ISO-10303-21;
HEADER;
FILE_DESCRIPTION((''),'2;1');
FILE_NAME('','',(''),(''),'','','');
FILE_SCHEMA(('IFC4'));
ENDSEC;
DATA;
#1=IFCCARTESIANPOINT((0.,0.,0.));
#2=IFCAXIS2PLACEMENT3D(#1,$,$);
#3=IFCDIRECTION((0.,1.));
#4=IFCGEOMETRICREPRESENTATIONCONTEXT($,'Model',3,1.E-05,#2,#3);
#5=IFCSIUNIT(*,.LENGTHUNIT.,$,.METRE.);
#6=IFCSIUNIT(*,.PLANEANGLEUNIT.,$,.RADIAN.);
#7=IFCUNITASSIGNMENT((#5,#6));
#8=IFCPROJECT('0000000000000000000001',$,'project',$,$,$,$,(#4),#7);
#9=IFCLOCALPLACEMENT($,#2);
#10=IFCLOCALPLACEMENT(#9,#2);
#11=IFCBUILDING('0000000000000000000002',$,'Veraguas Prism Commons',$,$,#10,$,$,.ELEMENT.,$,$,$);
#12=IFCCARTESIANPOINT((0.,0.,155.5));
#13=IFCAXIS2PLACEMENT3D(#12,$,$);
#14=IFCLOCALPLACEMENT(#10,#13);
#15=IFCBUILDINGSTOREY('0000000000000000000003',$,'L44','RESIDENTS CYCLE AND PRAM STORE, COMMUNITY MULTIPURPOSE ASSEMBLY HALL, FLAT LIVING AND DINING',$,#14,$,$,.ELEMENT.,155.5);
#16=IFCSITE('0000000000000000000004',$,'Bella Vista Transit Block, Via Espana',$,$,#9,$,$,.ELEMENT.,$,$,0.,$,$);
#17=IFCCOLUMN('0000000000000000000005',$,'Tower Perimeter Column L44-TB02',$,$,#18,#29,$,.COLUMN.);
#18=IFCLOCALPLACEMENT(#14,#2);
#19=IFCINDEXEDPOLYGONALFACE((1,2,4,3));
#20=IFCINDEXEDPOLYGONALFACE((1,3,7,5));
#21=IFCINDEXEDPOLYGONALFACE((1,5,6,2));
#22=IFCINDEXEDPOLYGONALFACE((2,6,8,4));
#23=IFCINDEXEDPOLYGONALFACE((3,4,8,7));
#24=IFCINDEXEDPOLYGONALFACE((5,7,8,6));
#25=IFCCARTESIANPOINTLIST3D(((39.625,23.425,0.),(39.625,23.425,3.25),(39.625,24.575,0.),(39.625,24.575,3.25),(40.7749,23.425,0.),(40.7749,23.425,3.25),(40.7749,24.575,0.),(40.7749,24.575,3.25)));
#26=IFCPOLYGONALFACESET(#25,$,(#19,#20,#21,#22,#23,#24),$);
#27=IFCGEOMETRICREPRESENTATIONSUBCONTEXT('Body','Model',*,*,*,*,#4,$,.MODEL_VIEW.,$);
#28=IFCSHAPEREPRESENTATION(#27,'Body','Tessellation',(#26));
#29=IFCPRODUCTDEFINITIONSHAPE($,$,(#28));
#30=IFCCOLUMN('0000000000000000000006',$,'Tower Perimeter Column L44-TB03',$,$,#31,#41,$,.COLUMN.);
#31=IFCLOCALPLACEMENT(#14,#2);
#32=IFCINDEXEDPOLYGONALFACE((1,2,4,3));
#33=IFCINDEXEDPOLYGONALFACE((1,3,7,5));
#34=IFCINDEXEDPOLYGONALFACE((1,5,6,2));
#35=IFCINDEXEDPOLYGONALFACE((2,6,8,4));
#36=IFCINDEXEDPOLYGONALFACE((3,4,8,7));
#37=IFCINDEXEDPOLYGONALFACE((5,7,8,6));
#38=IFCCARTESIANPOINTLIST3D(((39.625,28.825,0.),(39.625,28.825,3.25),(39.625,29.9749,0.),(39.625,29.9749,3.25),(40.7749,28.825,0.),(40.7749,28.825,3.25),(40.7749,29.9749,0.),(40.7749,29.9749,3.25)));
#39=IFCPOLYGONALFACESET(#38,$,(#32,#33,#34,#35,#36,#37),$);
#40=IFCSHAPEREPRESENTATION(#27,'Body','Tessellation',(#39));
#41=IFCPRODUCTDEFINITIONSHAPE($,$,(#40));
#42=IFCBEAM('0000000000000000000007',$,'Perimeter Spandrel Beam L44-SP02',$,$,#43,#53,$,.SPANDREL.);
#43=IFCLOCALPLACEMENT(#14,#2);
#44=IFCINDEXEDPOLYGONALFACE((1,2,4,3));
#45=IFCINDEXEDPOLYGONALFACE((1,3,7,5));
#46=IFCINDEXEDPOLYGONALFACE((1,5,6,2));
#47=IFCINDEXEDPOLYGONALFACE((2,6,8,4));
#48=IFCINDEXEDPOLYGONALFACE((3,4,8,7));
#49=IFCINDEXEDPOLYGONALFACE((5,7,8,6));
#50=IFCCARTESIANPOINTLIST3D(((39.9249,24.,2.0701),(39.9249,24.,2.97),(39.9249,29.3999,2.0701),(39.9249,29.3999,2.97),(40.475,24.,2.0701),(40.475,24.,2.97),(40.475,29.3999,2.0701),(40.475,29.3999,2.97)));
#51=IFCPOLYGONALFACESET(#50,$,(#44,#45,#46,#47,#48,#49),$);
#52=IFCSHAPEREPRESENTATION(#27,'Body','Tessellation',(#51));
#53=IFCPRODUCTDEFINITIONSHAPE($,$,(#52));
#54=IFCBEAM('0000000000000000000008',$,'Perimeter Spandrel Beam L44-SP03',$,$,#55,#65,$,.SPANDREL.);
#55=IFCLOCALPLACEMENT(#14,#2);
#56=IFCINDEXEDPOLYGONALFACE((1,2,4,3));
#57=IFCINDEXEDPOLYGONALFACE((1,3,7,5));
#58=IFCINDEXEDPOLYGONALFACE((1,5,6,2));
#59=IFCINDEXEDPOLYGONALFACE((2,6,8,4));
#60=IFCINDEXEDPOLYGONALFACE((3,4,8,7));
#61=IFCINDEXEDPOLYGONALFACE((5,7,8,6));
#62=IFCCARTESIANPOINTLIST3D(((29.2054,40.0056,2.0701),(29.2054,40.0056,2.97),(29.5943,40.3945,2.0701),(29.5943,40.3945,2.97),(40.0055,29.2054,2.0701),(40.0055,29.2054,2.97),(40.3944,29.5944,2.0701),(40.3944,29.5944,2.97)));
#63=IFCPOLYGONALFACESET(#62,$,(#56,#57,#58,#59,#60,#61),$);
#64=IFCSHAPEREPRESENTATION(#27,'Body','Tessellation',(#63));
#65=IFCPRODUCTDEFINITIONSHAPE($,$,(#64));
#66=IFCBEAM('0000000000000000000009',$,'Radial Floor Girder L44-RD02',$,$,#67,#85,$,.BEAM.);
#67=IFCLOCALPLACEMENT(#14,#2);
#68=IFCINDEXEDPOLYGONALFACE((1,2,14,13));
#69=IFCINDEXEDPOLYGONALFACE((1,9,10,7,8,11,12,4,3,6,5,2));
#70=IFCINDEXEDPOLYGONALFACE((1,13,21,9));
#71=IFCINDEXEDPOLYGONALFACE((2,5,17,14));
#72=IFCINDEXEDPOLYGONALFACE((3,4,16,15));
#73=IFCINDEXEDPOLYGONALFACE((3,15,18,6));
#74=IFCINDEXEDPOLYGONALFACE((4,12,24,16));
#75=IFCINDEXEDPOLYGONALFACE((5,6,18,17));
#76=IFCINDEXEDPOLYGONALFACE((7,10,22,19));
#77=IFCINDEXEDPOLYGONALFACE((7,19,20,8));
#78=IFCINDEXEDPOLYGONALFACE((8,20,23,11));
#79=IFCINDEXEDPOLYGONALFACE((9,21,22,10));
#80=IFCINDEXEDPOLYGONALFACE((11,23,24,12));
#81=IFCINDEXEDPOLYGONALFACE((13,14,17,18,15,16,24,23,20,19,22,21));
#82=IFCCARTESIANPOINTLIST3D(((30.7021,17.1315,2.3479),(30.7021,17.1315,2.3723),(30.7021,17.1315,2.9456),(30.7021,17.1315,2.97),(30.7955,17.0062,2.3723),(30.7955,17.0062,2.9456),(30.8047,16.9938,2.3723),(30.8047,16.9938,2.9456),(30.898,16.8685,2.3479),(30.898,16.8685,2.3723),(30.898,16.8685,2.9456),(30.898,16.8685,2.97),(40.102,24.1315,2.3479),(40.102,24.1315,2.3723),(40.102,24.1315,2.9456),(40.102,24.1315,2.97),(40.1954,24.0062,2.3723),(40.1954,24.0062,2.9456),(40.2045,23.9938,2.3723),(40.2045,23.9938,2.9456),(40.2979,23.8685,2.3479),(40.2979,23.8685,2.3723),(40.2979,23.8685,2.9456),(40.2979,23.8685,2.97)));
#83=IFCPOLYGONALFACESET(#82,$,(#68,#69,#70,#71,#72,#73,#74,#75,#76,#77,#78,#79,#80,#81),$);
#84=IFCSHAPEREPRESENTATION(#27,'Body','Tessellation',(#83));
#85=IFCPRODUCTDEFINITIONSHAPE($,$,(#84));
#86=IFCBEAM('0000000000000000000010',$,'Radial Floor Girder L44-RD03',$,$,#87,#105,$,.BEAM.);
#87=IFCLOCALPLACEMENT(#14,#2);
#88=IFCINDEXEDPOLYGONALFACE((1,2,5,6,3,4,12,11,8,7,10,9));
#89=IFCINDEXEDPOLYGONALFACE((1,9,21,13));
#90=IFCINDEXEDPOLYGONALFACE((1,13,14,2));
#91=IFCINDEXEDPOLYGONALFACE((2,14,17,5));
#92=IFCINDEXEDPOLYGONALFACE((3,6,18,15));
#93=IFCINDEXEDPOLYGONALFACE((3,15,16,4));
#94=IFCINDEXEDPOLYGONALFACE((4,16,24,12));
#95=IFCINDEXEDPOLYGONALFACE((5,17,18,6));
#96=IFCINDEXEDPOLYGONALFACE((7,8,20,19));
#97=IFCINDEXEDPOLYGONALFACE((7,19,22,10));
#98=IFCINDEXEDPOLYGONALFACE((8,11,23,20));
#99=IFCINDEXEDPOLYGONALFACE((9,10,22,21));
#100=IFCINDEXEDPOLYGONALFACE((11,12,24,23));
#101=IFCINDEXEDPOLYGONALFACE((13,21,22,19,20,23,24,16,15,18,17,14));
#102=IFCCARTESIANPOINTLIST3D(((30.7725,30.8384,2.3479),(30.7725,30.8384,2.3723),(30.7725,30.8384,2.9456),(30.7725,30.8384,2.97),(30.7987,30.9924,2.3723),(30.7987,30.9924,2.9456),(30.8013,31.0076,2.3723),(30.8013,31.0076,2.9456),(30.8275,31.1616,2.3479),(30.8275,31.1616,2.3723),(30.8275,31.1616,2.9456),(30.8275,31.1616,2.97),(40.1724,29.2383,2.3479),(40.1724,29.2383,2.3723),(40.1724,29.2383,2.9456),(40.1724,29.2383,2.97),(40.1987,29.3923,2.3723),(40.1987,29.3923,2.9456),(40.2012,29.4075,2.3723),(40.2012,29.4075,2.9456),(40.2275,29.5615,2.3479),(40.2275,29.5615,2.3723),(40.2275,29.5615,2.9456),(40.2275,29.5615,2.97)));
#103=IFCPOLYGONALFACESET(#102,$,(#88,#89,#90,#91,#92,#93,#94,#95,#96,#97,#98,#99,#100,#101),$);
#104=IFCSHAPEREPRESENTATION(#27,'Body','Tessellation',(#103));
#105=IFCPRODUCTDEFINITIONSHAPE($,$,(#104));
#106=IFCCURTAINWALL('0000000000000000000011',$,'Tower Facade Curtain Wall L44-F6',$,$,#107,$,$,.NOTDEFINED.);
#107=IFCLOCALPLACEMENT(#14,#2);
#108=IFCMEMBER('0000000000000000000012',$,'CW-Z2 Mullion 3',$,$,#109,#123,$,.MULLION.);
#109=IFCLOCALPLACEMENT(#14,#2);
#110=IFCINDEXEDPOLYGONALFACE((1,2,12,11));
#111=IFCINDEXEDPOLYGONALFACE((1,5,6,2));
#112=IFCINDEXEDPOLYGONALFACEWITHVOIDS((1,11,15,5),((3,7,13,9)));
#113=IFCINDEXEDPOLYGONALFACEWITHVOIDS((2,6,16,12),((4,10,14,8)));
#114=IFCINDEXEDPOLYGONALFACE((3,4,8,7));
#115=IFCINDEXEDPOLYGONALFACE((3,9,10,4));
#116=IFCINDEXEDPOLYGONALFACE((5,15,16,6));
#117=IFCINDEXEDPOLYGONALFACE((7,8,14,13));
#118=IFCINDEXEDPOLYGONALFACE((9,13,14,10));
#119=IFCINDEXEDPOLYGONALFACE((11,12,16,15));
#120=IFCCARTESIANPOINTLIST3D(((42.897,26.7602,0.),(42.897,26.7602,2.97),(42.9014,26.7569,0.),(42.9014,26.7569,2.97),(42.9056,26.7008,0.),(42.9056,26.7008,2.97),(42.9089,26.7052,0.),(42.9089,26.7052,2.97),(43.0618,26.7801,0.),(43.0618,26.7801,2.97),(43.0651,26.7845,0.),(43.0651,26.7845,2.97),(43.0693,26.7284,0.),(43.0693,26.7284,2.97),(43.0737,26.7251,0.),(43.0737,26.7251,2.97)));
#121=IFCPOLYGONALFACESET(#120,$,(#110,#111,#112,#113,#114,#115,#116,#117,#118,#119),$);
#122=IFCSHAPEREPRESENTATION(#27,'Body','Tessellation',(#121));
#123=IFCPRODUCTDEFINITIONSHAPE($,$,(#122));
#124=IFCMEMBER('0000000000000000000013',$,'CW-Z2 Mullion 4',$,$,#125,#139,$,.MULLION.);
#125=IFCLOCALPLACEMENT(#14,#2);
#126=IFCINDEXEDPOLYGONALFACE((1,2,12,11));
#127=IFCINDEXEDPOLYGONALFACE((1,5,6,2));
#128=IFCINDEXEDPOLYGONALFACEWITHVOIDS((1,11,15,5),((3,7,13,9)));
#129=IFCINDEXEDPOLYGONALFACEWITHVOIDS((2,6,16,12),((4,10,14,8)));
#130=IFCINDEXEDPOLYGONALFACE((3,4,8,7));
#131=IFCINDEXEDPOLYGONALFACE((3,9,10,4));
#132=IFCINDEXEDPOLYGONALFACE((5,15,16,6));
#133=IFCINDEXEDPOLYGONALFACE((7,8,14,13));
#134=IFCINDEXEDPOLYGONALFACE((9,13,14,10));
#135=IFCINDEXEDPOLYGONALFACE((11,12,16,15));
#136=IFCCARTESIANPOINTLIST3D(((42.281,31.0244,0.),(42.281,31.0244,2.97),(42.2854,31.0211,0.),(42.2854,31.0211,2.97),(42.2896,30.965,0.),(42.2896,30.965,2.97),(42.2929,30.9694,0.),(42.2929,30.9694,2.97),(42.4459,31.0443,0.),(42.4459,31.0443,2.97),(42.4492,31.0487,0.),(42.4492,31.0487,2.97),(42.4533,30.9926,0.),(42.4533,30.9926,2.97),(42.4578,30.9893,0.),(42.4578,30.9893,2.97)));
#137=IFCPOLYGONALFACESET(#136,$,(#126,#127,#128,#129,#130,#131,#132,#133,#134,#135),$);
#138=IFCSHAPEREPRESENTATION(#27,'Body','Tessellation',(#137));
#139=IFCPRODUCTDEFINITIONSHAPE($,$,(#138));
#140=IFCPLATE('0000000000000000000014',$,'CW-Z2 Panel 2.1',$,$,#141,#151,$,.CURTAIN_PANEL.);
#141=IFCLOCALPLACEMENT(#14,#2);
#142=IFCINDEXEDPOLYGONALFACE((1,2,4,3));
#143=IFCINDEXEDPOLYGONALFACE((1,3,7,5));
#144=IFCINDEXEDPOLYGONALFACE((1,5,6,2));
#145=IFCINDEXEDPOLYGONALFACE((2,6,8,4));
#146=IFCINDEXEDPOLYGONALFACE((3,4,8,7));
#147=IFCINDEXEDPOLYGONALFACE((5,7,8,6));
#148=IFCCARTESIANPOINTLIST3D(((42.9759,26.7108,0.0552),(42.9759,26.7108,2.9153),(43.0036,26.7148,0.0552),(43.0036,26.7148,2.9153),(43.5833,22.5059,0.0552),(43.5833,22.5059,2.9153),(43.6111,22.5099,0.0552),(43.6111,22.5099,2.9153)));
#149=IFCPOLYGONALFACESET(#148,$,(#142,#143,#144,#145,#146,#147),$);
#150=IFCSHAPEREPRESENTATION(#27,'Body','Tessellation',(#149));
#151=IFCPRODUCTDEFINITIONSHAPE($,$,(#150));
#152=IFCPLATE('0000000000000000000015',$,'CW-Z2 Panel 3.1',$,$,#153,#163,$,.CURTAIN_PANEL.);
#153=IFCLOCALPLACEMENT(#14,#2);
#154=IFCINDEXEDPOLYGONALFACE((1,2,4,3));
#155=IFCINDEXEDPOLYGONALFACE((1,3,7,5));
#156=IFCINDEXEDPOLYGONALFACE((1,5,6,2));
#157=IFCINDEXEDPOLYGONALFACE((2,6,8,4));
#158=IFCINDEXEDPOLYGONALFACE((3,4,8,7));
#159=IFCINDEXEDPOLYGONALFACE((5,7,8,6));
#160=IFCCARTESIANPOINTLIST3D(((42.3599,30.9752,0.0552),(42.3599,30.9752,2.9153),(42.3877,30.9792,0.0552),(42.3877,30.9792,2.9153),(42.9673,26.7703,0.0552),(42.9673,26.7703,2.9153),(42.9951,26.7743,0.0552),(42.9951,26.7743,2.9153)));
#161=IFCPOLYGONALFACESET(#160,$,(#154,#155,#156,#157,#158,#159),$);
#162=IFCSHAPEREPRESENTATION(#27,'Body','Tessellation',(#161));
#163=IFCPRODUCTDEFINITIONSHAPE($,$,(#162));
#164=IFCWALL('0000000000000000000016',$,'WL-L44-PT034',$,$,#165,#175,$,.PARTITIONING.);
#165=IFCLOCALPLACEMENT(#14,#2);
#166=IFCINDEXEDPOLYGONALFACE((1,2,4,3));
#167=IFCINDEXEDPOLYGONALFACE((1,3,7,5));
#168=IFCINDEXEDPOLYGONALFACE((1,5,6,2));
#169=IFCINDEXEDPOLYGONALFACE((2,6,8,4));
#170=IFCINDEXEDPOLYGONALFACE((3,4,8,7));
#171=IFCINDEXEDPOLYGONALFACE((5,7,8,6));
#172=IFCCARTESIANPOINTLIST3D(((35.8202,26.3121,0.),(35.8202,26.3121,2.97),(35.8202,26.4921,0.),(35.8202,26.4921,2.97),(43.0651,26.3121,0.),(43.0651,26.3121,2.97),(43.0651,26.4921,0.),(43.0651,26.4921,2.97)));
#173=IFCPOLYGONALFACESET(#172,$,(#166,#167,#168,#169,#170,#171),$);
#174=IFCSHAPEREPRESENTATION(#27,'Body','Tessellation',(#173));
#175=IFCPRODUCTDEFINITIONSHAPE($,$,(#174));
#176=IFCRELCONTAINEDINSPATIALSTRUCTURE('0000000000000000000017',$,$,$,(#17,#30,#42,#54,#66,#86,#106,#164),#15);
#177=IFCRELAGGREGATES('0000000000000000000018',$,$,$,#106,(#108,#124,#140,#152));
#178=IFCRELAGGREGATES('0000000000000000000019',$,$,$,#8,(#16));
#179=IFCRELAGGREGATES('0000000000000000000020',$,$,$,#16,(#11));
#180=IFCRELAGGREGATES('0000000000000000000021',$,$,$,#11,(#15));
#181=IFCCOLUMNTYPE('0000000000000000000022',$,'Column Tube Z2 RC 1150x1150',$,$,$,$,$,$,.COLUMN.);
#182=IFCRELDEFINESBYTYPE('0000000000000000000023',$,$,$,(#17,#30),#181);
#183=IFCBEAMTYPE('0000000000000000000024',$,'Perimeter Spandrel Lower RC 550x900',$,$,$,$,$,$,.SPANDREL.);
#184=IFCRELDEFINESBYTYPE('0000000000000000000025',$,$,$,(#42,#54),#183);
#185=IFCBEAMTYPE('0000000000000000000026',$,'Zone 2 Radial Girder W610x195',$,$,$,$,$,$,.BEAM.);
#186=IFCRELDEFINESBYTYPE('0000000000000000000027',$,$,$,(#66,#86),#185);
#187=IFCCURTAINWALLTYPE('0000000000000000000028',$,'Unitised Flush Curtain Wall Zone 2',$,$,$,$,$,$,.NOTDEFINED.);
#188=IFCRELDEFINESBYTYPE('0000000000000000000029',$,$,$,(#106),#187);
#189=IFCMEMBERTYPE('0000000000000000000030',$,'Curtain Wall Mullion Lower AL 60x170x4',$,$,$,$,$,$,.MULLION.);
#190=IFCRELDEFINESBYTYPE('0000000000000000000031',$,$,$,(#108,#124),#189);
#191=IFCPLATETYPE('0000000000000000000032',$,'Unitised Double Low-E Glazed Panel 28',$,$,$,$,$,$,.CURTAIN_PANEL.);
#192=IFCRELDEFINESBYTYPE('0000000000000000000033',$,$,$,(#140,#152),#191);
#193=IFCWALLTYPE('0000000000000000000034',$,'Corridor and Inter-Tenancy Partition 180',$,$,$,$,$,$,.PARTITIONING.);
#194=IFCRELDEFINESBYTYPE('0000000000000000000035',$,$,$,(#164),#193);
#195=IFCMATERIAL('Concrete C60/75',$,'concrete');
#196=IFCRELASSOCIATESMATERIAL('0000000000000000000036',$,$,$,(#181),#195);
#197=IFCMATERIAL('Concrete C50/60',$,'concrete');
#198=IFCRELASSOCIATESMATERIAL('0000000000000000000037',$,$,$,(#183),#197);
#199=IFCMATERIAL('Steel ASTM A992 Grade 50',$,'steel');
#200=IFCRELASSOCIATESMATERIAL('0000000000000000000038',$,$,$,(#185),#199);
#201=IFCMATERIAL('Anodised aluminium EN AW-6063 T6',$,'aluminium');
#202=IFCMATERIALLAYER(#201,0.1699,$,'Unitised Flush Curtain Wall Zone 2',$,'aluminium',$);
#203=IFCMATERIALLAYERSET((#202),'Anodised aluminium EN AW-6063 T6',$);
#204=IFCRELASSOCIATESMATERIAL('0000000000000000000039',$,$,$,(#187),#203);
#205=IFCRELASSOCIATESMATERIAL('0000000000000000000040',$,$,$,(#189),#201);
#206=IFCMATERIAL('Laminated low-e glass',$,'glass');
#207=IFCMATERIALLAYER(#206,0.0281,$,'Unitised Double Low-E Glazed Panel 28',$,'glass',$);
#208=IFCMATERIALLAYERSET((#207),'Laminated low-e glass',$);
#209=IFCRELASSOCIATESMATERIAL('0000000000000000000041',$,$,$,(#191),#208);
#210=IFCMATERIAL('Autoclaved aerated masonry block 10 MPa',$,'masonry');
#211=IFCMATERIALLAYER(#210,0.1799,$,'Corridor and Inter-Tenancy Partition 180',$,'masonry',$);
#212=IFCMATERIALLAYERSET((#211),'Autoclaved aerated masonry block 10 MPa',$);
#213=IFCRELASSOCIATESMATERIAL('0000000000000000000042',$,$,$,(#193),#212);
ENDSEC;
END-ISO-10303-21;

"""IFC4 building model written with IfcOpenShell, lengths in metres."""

from ifc_helpers import new_model, si_unit, direction, frame, frame_2d, origin, origin_2d, place, context, subcontext, project, spatial, rectangle, hollow_rectangle, i_section, extrude, source, transform, mapped, material, layer, layer_set, material_profile, profile_set, type_object, element, aggregate, save


model = new_model("IFC4")

# Units and contexts
model_context = context("Model", 3, precision=1e-05, world=origin(), true_north=direction((0.0, 1.0)))
body_context = subcontext(model_context, "Body", "Model", "MODEL_VIEW")
ifc_project = project(units=[si_unit("LENGTHUNIT", "METRE"), si_unit("PLANEANGLEUNIT", "RADIAN")], contexts=[model_context])

# Site, building, storey
site_placement = place(None, origin())
site = spatial("IfcSite", under=ifc_project, at=site_placement, Name="Bella Vista Transit Block, Via Espana", CompositionType="ELEMENT", RefElevation=0.0)
building_placement = place(site_placement, origin())
building = spatial("IfcBuilding", under=site, at=building_placement, Name="Veraguas Prism Commons", CompositionType="ELEMENT")
storey_placement = place(building_placement, frame((0.0, 0.0, 155.5)))
storey = spatial("IfcBuildingStorey", under=building, at=storey_placement, Name="L44", Description="RESIDENTS CYCLE AND PRAM STORE, COMMUNITY MULTIPURPOSE ASSEMBLY HALL, FLAT LIVING AND DINING", CompositionType="ELEMENT", Elevation=155.5)

# Columns
ifc_material_1 = material(Name="Concrete C60/75", Category="concrete")
ifc_material_profile_1 = material_profile(ifc_material_1, rectangle(XDim=1.1499, YDim=1.1499, at=origin_2d()), Name="RC1150X1150")
ifc_profile_set_1 = profile_set([ifc_material_profile_1], Name="Concrete C60/75")
column_type = type_object("IfcColumnType", Name="Column Tube Z2 RC 1150x1150", PredefinedType="COLUMN", material=ifc_profile_set_1)
for number, where, z_axis, x_axis, name in (
    (1, (40.2, 24.0, 0.0), (0.0, 0.0, 1.0), (1.0, 0.0, 0.0), "Tower Perimeter Column L44-TB02"),
    (2, (40.2, 29.3999, 0.0), (0.0, 0.0, 1.0), (1.0, 0.0, 0.0), "Tower Perimeter Column L44-TB03"),
):
    element("IfcColumn", number, at=place(storey_placement, frame(where, z_axis=z_axis, x_axis=x_axis)), inside=storey, type_object=column_type, Name=name, PredefinedType="COLUMN", context=body_context, shape_type="SweptSolid", body=[
        extrude(rectangle(XDim=1.1499, YDim=1.1499, at=origin_2d()), origin(), (0.0, 0.0, 1.0), 3.25),
    ])

# Beams
ifc_material_2 = material(Name="Concrete C50/60", Category="concrete")
ifc_material_profile_2 = material_profile(ifc_material_2, rectangle(XDim=0.55, YDim=0.8999, at=origin_2d()), Name="RC550X900")
ifc_profile_set_2 = profile_set([ifc_material_profile_2], Name="Concrete C50/60")
beam_type_1 = type_object("IfcBeamType", Name="Perimeter Spandrel Lower RC 550x900", PredefinedType="SPANDREL", material=ifc_profile_set_2)
beam_1_placement = place(storey_placement, frame((40.2, 24.0, 2.52), z_axis=(0.0, 1.0, 0.0), x_axis=(-1.0, 0.0, 0.0)))
element("IfcBeam", 3, at=beam_1_placement, inside=storey, type_object=beam_type_1, Name="Perimeter Spandrel Beam L44-SP02", PredefinedType="SPANDREL", context=body_context, shape_type="SweptSolid", body=[
    extrude(rectangle(XDim=0.55, YDim=0.8999, at=origin_2d()), origin(), (0.0, 0.0, 1.0), 5.3999),
])
beam_2_placement = place(storey_placement, frame((40.2, 29.3999, 2.52), z_axis=(-0.707107, 0.707107, 0.0), x_axis=(-0.707107, -0.707107, 0.0)))
element("IfcBeam", 4, at=beam_2_placement, inside=storey, type_object=beam_type_1, Name="Perimeter Spandrel Beam L44-SP03", PredefinedType="SPANDREL", context=body_context, shape_type="SweptSolid", body=[
    extrude(rectangle(XDim=0.55, YDim=0.8999, at=origin_2d()), origin(), (0.0, 0.0, 1.0), 15.2737),
])
ifc_material_3 = material(Name="Steel ASTM A992 Grade 50", Category="steel")
ifc_material_profile_3 = material_profile(ifc_material_3, i_section(OverallWidth=0.3279, OverallDepth=0.6221, WebThickness=0.0154, FlangeThickness=0.0244, at=origin_2d()), Name="W610X195")
ifc_profile_set_3 = profile_set([ifc_material_profile_3], Name="Steel ASTM A992 Grade 50")
beam_type_2 = type_object("IfcBeamType", Name="Zone 2 Radial Girder W610x195", PredefinedType="BEAM", material=ifc_profile_set_3)
beam_3_placement = place(storey_placement, frame((40.2, 24.0, 2.6589), z_axis=(-0.80204, -0.59727, 0.0), x_axis=(0.59727, -0.80204, 0.0)))
element("IfcBeam", 5, at=beam_3_placement, inside=storey, type_object=beam_type_2, Name="Radial Floor Girder L44-RD02", PredefinedType="BEAM", context=body_context, shape_type="SweptSolid", body=[
    extrude(i_section(OverallWidth=0.3279, OverallDepth=0.6221, WebThickness=0.0154, FlangeThickness=0.0244, at=origin_2d()), origin(), (0.0, 0.0, 1.0), 11.72),
])
beam_4_placement = place(storey_placement, frame((40.2, 29.3999, 2.6589), z_axis=(-0.985819, 0.167811, 0.0), x_axis=(-0.167811, -0.985819, 0.0)))
element("IfcBeam", 6, at=beam_4_placement, inside=storey, type_object=beam_type_2, Name="Radial Floor Girder L44-RD03", PredefinedType="BEAM", context=body_context, shape_type="SweptSolid", body=[
    extrude(i_section(OverallWidth=0.3279, OverallDepth=0.6221, WebThickness=0.0154, FlangeThickness=0.0244, at=origin_2d()), origin(), (0.0, 0.0, 1.0), 9.5352),
])

# Curtain wall, members, plates
ifc_material_4 = material(Name="Anodised aluminium EN AW-6063 T6", Category="aluminium")
ifc_layer_1 = layer(ifc_material_4, 0.1699, Name="Unitised Flush Curtain Wall Zone 2", Category="aluminium")
ifc_layer_set_1 = layer_set([ifc_layer_1], Name="Anodised aluminium EN AW-6063 T6")
curtain_wall_type = type_object("IfcCurtainWallType", Name="Unitised Flush Curtain Wall Zone 2", PredefinedType="NOTDEFINED", material=ifc_layer_set_1)
curtain_wall_placement = place(storey_placement, origin())
curtain_wall = element("IfcCurtainWall", 7, at=curtain_wall_placement, inside=storey, type_object=curtain_wall_type, Name="Tower Facade Curtain Wall L44-F6", PredefinedType="NOTDEFINED")
ifc_material_profile_4 = material_profile(ifc_material_4, hollow_rectangle(XDim=0.0601, YDim=0.1699, WallThickness=0.0039, at=origin_2d()), Name="AL60X170X4")
ifc_profile_set_4 = profile_set([ifc_material_profile_4], Name="Anodised aluminium EN AW-6063 T6")
member_type = type_object("IfcMemberType", Name="Curtain Wall Mullion Lower AL 60x170x4", PredefinedType="MULLION", material=ifc_profile_set_4)
shared_shape_1 = source(origin(), body_context, "Body", "SweptSolid", [
    extrude(hollow_rectangle(XDim=0.0601, YDim=0.1699, WallThickness=0.0039, at=origin_2d()), origin(), (0.0, 0.0, 1.0), 2.97),
])
member_1_placement = place(storey_placement, frame((42.9854, 26.7427, 0.0), z_axis=(0.0, 0.0, 1.0), x_axis=(-0.142971, 0.989727, 0.0)))
member_1 = element("IfcMember", 8, at=member_1_placement, type_object=member_type, Name="CW-Z2 Mullion 3", PredefinedType="MULLION", context=body_context, shape_type="MappedRepresentation", body=[
    mapped(shared_shape_1, transform((0.0, 0.0, 0.0), scale=1.0)),
])
member_2_placement = place(storey_placement, frame((42.3694, 31.0068, 0.0), z_axis=(0.0, 0.0, 1.0), x_axis=(-0.142971, 0.989727, 0.0)))
member_2 = element("IfcMember", 9, at=member_2_placement, type_object=member_type, Name="CW-Z2 Mullion 4", PredefinedType="MULLION", context=body_context, shape_type="MappedRepresentation", body=[
    mapped(shared_shape_1, transform((0.0, 0.0, 0.0), scale=1.0)),
])
ifc_material_5 = material(Name="Laminated low-e glass", Category="glass")
ifc_layer_2 = layer(ifc_material_5, 0.0281, Name="Unitised Double Low-E Glazed Panel 28", Category="glass")
ifc_layer_set_2 = layer_set([ifc_layer_2], Name="Laminated low-e glass")
plate_type = type_object("IfcPlateType", Name="Unitised Double Low-E Glazed Panel 28", PredefinedType="CURTAIN_PANEL", material=ifc_layer_set_2)
shared_shape_2 = source(origin(), body_context, "Body", "SweptSolid", [
    extrude(rectangle(XDim=4.2485, YDim=0.0281, at=origin_2d()), origin(), (0.0, 0.0, 1.0), 2.8601),
])
plate_1_placement = place(storey_placement, frame((43.2935, 24.6104, 0.0552), z_axis=(0.0, 0.0, 1.0), x_axis=(-0.142971, 0.989727, 0.0)))
plate_1 = element("IfcPlate", 10, at=plate_1_placement, type_object=plate_type, Name="CW-Z2 Panel 2.1", PredefinedType="CURTAIN_PANEL", context=body_context, shape_type="MappedRepresentation", body=[
    mapped(shared_shape_2, transform((0.0, 0.0, 0.0), scale=1.0)),
])
plate_2_placement = place(storey_placement, frame((42.6775, 28.8748, 0.0552), z_axis=(0.0, 0.0, 1.0), x_axis=(-0.142971, 0.989727, 0.0)))
plate_2 = element("IfcPlate", 11, at=plate_2_placement, type_object=plate_type, Name="CW-Z2 Panel 3.1", PredefinedType="CURTAIN_PANEL", context=body_context, shape_type="MappedRepresentation", body=[
    mapped(shared_shape_2, transform((0.0, 0.0, 0.0), scale=1.0)),
])
aggregate(curtain_wall, [member_1, member_2, plate_1, plate_2])

# Wall
ifc_material_6 = material(Name="Autoclaved aerated masonry block 10 MPa", Category="masonry")
ifc_layer_3 = layer(ifc_material_6, 0.1799, Name="Corridor and Inter-Tenancy Partition 180", Category="masonry")
ifc_layer_set_3 = layer_set([ifc_layer_3], Name="Autoclaved aerated masonry block 10 MPa")
wall_type_1 = type_object("IfcWallType", Name="Corridor and Inter-Tenancy Partition 180", PredefinedType="PARTITIONING", material=ifc_layer_set_3)
wall_1_placement = place(storey_placement, frame((35.8201, 26.4021, 0.0), z_axis=(0.0, 0.0, 1.0), x_axis=(1.0, 0.0, 0.0)))
element("IfcWall", 12, at=wall_1_placement, inside=storey, type_object=wall_type_1, Name="WL-L44-PT034", PredefinedType="PARTITIONING", context=body_context, shape_type="SweptSolid", body=[
    extrude(rectangle(XDim=7.2449, YDim=0.1799, at=frame_2d((3.6226, 0.0))), origin(), (0.0, 0.0, 1.0), 2.97),
])

save(model, "model.ifc")
